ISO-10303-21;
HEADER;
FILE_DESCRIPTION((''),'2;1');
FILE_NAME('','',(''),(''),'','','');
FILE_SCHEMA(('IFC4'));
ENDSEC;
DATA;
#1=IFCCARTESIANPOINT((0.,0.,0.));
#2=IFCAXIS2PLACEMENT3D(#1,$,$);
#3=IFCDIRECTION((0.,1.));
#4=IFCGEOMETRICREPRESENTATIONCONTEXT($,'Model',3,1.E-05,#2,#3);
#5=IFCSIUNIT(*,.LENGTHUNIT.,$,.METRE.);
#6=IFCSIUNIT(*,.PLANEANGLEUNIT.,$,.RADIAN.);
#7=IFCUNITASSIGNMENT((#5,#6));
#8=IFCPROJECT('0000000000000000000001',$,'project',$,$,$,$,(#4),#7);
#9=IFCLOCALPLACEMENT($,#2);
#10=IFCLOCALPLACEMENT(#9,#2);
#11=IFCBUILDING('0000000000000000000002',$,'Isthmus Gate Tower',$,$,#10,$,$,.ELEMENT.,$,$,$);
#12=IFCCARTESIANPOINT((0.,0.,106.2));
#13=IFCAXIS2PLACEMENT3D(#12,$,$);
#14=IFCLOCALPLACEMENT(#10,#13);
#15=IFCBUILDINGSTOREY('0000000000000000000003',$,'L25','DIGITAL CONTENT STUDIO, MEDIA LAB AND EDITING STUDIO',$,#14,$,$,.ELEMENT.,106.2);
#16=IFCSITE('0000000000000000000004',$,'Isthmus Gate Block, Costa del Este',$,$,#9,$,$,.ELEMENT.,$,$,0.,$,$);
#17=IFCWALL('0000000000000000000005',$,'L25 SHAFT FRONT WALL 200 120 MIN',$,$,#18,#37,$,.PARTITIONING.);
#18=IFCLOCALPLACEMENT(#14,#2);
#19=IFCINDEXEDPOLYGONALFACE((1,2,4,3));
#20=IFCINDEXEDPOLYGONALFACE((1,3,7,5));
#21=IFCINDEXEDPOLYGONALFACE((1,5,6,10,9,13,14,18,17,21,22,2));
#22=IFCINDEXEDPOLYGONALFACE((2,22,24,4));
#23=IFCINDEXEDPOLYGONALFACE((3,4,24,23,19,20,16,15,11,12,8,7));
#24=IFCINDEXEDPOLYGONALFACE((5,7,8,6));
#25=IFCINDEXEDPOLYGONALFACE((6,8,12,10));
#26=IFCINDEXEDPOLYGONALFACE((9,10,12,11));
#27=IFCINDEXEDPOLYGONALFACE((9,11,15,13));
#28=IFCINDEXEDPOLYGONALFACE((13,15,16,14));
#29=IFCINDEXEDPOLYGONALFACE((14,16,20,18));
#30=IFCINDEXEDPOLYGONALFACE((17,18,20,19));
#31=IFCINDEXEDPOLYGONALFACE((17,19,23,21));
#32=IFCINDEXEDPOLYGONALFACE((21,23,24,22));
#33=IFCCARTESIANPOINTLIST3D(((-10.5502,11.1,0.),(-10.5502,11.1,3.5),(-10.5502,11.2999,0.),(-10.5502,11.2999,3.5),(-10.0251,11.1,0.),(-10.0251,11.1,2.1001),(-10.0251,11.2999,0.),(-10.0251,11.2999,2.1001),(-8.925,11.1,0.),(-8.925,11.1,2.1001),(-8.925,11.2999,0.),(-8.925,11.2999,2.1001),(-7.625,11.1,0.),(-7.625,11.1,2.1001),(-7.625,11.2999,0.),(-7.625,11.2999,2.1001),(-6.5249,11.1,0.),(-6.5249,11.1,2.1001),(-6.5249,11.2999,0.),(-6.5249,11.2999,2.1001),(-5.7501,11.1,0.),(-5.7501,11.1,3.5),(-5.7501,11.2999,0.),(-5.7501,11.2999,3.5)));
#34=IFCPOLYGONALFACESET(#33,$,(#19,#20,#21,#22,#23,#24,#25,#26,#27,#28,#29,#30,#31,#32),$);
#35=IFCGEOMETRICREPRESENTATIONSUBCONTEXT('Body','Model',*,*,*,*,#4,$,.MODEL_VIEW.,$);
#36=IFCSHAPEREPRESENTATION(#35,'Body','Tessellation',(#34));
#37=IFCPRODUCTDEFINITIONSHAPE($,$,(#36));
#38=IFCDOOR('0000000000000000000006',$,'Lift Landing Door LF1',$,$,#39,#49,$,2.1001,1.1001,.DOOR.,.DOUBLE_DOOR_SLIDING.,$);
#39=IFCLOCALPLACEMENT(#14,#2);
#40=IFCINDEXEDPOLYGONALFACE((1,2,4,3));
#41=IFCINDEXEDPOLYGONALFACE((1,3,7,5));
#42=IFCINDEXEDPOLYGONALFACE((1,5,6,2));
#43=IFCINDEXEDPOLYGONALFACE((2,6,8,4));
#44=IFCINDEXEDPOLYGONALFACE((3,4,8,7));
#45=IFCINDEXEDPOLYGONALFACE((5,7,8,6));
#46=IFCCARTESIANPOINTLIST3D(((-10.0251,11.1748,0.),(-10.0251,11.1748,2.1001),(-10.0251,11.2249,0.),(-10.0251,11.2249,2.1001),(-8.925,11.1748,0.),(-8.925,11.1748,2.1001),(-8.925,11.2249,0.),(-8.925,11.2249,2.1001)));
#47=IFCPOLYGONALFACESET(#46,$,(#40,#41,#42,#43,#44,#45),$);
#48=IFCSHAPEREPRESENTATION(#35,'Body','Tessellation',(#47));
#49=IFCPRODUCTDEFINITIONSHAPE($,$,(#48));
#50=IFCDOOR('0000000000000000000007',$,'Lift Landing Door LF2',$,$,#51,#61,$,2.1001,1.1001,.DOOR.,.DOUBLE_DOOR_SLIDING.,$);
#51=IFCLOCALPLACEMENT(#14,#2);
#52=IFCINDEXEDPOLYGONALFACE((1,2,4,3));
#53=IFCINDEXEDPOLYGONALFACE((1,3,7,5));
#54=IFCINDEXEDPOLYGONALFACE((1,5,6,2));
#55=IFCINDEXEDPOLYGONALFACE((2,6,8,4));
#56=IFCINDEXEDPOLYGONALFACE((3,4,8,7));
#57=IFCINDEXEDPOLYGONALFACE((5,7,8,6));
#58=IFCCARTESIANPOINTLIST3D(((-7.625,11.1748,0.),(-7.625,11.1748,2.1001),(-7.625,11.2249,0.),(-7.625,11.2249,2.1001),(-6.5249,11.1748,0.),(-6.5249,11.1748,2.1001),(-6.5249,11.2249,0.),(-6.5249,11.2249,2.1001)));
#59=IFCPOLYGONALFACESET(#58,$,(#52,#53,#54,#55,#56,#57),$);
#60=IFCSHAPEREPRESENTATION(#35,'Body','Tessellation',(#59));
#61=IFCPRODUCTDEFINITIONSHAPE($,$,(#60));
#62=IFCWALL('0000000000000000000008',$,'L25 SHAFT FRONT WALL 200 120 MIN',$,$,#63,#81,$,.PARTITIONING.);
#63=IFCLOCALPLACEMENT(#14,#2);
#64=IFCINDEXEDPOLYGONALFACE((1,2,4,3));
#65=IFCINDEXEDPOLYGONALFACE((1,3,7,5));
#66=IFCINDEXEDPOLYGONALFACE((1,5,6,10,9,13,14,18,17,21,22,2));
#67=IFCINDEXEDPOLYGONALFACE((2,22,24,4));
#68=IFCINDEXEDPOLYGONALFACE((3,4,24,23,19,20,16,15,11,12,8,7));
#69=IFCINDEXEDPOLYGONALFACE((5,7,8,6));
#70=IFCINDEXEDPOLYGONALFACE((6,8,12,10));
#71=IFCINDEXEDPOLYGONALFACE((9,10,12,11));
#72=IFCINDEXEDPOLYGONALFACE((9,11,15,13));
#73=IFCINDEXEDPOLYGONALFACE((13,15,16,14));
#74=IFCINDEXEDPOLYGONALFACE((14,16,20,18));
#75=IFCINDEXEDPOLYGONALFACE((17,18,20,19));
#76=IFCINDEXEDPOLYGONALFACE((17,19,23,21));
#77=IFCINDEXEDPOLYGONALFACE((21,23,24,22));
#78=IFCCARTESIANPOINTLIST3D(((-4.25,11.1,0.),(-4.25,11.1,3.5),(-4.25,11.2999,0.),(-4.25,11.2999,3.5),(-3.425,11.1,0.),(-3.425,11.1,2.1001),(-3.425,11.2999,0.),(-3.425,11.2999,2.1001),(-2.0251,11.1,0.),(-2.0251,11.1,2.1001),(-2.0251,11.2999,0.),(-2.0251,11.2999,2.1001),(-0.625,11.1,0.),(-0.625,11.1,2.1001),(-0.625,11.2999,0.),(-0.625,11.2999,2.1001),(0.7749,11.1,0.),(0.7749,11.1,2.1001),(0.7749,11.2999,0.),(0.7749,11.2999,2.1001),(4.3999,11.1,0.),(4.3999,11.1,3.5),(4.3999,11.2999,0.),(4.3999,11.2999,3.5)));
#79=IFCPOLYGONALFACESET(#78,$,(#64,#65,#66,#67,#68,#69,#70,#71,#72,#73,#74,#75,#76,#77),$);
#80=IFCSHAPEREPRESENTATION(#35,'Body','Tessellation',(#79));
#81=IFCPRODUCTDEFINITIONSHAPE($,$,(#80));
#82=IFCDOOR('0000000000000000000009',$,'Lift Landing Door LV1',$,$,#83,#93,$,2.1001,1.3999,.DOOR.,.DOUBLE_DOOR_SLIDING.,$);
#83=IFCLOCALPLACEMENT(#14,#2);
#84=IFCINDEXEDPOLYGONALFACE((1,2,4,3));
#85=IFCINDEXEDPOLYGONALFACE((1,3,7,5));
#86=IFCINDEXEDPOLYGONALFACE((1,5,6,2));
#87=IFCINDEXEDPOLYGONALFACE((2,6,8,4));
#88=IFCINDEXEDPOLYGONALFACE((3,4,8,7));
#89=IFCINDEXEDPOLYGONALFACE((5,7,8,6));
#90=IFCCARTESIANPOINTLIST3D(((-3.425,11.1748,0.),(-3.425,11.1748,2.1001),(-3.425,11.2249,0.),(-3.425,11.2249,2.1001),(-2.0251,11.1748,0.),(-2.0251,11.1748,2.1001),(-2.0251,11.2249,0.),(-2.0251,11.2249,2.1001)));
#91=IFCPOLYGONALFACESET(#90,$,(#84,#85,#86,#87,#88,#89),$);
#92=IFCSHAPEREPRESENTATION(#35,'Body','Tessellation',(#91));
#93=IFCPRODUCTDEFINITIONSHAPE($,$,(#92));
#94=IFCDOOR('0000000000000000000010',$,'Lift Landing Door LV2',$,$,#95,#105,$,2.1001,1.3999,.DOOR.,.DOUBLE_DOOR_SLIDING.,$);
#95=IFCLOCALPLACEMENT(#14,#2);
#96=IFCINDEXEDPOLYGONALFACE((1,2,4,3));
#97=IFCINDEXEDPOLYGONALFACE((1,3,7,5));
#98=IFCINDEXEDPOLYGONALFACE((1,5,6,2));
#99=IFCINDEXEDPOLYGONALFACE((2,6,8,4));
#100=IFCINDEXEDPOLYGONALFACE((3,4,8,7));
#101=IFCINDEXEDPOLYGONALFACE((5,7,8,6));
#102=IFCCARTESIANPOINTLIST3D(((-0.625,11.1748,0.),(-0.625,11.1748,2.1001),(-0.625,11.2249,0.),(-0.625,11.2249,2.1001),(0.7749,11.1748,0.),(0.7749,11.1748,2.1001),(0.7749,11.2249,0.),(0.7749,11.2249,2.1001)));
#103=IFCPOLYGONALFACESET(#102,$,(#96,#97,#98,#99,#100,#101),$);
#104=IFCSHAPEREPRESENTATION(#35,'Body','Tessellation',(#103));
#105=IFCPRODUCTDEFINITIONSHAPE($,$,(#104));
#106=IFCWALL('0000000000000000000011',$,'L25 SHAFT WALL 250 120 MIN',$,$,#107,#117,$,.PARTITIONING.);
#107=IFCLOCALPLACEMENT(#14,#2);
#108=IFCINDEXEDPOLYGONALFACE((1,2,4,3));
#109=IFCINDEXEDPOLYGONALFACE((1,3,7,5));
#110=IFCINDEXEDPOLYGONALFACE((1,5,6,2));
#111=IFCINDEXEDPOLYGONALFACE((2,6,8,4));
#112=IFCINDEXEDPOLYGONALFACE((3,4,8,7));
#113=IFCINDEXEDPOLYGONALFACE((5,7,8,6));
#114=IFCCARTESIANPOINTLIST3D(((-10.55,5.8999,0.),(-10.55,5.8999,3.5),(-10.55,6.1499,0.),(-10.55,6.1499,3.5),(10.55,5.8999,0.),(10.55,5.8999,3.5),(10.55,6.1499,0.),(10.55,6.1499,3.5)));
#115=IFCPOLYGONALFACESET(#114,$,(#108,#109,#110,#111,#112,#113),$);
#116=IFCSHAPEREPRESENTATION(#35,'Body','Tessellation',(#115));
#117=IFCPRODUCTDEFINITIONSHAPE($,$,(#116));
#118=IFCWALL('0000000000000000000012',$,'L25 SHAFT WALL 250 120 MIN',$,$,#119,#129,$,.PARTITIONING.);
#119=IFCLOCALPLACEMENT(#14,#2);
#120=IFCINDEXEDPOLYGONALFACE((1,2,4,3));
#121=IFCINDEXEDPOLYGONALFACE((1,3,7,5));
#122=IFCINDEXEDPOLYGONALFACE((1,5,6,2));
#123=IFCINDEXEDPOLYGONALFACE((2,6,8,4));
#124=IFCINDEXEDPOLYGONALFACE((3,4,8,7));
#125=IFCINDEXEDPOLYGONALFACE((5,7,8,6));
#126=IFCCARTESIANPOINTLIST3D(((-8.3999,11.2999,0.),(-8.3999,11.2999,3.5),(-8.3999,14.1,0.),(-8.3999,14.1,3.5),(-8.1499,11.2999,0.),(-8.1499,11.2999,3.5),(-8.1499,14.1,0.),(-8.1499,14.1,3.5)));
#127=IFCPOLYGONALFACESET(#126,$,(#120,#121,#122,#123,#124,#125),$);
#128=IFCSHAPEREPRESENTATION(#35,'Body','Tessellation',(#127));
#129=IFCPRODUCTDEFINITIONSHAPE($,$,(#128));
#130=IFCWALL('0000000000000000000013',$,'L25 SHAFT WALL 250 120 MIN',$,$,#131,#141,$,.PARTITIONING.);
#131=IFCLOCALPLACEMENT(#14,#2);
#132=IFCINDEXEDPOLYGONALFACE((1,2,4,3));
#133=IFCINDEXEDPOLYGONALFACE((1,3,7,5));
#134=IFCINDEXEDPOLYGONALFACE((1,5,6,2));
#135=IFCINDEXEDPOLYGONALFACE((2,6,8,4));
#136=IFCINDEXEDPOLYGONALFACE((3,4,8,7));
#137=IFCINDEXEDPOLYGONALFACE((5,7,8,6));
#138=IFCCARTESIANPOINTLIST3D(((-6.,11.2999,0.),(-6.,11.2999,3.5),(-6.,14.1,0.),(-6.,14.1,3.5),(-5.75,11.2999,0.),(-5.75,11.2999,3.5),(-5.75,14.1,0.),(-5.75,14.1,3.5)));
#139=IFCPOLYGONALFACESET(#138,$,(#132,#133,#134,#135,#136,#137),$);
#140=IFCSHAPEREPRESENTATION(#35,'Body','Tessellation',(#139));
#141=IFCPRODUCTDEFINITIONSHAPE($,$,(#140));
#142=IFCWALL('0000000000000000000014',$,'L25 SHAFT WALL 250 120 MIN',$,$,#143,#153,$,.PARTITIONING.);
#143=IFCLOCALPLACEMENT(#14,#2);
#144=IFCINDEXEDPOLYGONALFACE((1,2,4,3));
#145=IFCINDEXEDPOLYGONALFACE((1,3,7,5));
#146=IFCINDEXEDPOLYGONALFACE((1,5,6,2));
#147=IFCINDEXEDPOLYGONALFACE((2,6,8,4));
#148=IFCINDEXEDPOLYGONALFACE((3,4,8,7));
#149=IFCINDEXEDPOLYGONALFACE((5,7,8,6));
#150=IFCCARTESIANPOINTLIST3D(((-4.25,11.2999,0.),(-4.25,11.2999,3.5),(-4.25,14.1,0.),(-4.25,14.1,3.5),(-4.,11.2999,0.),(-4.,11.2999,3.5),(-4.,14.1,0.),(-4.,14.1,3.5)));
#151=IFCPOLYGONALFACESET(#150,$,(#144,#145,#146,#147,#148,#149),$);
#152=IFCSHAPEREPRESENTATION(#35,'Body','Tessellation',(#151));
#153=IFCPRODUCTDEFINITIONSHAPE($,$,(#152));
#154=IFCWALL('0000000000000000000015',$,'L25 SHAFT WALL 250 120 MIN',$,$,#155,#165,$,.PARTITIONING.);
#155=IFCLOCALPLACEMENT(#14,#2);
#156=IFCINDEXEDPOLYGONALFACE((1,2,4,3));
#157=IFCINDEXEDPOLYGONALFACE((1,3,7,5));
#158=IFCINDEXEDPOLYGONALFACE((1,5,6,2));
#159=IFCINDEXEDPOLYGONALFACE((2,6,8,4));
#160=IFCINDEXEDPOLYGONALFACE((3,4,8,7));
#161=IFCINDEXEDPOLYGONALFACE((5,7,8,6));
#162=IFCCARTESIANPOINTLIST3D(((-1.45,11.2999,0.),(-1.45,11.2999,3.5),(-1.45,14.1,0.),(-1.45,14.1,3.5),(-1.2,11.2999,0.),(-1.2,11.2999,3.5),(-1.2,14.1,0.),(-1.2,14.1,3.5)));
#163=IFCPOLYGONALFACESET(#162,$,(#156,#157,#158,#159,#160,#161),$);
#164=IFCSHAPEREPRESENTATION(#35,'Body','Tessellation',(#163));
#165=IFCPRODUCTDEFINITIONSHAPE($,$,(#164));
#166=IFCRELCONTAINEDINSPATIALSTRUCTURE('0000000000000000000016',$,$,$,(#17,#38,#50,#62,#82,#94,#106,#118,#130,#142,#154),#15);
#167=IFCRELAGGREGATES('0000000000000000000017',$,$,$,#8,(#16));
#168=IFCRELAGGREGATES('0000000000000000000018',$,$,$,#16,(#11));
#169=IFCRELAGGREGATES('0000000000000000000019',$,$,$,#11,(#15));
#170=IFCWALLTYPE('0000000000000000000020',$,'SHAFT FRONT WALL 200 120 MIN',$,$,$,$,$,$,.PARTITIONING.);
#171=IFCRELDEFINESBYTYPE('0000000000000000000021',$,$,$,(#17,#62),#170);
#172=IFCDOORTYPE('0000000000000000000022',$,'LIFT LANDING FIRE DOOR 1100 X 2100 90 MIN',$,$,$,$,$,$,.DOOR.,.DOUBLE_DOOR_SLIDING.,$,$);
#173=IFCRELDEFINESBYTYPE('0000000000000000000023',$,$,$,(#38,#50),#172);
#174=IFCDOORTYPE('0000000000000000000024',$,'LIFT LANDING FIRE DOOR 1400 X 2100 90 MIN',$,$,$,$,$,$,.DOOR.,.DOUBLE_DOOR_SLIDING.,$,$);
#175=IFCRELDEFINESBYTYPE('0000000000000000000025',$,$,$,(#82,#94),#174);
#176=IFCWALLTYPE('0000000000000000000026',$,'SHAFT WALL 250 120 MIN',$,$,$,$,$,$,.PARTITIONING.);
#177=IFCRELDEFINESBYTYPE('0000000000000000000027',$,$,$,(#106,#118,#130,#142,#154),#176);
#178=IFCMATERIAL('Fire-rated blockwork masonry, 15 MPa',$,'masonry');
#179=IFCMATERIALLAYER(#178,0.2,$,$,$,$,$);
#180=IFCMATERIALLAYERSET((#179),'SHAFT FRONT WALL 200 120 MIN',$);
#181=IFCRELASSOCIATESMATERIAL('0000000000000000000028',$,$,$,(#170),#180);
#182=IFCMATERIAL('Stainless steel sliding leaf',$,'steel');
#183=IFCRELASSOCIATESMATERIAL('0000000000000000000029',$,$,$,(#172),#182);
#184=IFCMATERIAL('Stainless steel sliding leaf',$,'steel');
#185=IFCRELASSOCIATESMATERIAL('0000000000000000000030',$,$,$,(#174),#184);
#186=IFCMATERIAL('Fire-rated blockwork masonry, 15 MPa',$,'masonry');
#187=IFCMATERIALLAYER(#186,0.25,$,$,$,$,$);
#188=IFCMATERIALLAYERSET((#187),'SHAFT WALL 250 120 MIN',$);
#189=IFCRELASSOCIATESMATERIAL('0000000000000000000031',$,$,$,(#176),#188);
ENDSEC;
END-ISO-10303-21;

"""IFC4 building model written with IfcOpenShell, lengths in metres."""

from ifc_helpers import new_model, si_unit, direction, frame, frame_2d, origin, place, context, subcontext, project, spatial, rectangle, extrude, material, layer, layer_set, type_object, element, fill, save


model = new_model("IFC4")

# Units and contexts
model_context = context("Model", 3, precision=1e-05, world=origin(), true_north=direction((0.0, 1.0)))
body_context = subcontext(model_context, "Body", "Model", "MODEL_VIEW")
ifc_project = project(units=[si_unit("LENGTHUNIT", "METRE"), si_unit("PLANEANGLEUNIT", "RADIAN")], contexts=[model_context])

# Site, building, storey
site_placement = place(None, origin())
site = spatial("IfcSite", under=ifc_project, at=site_placement, Name="Isthmus Gate Block, Costa del Este", CompositionType="ELEMENT", RefElevation=0.0)
building_placement = place(site_placement, origin())
building = spatial("IfcBuilding", under=site, at=building_placement, Name="Isthmus Gate Tower", CompositionType="ELEMENT")
storey_placement = place(building_placement, frame((0.0, 0.0, 106.2)))
storey = spatial("IfcBuildingStorey", under=building, at=storey_placement, Name="L25", Description="DIGITAL CONTENT STUDIO, MEDIA LAB AND EDITING STUDIO", CompositionType="ELEMENT", Elevation=106.2)

# Walls, openings, doors
ifc_material_1 = material(Name="Fire-rated blockwork masonry, 15 MPa", Category="masonry")
ifc_layer_1 = layer(ifc_material_1, 0.2)
ifc_layer_set_1 = layer_set([ifc_layer_1], Name="SHAFT FRONT WALL 200 120 MIN")
wall_type_1 = type_object("IfcWallType", Name="SHAFT FRONT WALL 200 120 MIN", PredefinedType="PARTITIONING", material=ifc_layer_set_1)
wall_1_placement = place(storey_placement, frame((-10.55, 11.2, 0.0), z_axis=(0.0, 0.0, 1.0), x_axis=(1.0, 0.0, 0.0)))
wall_1 = element("IfcWall", 1, at=wall_1_placement, inside=storey, type_object=wall_type_1, Name="L25 SHAFT FRONT WALL 200 120 MIN", PredefinedType="PARTITIONING", context=body_context, shape_type="SweptSolid", body=[
    extrude(rectangle(XDim=4.8, YDim=0.2, at=frame_2d((2.3999, 0.0))), origin(), (0.0, 0.0, 1.0), 3.5),
])
opening_1_placement = place(wall_1_placement, frame((0.5249, 0.0, 0.0)))
opening_1 = element("IfcOpeningElement", 2, at=opening_1_placement, cuts=wall_1, PredefinedType="OPENING", context=body_context, shape_type="SweptSolid", body=[
    extrude(rectangle(XDim=1.1001, YDim=2.1001, at=frame_2d((0.55, 1.05))), frame((0.0, 0.1099, 0.0), z_axis=(0.0, -1.0, 0.0), x_axis=(1.0, 0.0, 0.0)), (0.0, 0.0, 1.0), 0.22),
])
opening_2_placement = place(wall_1_placement, frame((2.925, 0.0, 0.0)))
opening_2 = element("IfcOpeningElement", 3, at=opening_2_placement, cuts=wall_1, PredefinedType="OPENING", context=body_context, shape_type="SweptSolid", body=[
    extrude(rectangle(XDim=1.1001, YDim=2.1001, at=frame_2d((0.55, 1.05))), frame((0.0, 0.1099, 0.0), z_axis=(0.0, -1.0, 0.0), x_axis=(1.0, 0.0, 0.0)), (0.0, 0.0, 1.0), 0.22),
])
ifc_material_2 = material(Name="Stainless steel sliding leaf", Category="steel")
door_type_1 = type_object("IfcDoorType", Name="LIFT LANDING FIRE DOOR 1100 X 2100 90 MIN", OperationType="DOUBLE_DOOR_SLIDING", PredefinedType="DOOR", material=ifc_material_2)
door_1_placement = place(opening_1_placement, origin())
door_1 = element("IfcDoor", 4, at=door_1_placement, inside=storey, type_object=door_type_1, Name="Lift Landing Door LF1", OperationType="DOUBLE_DOOR_SLIDING", OverallHeight=2.1001, OverallWidth=1.1001, PredefinedType="DOOR", context=body_context, shape_type="SweptSolid", body=[
    extrude(rectangle(XDim=1.1001, YDim=2.1001, at=frame_2d((0.55, 1.05))), frame((0.0, 0.0249, 0.0), z_axis=(0.0, -1.0, 0.0), x_axis=(1.0, 0.0, 0.0)), (0.0, 0.0, 1.0), 0.05),
])
fill(opening_1, door_1)
door_2_placement = place(opening_2_placement, origin())
door_2 = element("IfcDoor", 5, at=door_2_placement, inside=storey, type_object=door_type_1, Name="Lift Landing Door LF2", OperationType="DOUBLE_DOOR_SLIDING", OverallHeight=2.1001, OverallWidth=1.1001, PredefinedType="DOOR", context=body_context, shape_type="SweptSolid", body=[
    extrude(rectangle(XDim=1.1001, YDim=2.1001, at=frame_2d((0.55, 1.05))), frame((0.0, 0.0249, 0.0), z_axis=(0.0, -1.0, 0.0), x_axis=(1.0, 0.0, 0.0)), (0.0, 0.0, 1.0), 0.05),
])
fill(opening_2, door_2)
wall_2_placement = place(storey_placement, frame((-4.25, 11.2, 0.0), z_axis=(0.0, 0.0, 1.0), x_axis=(1.0, 0.0, 0.0)))
wall_2 = element("IfcWall", 6, at=wall_2_placement, inside=storey, type_object=wall_type_1, Name="L25 SHAFT FRONT WALL 200 120 MIN", PredefinedType="PARTITIONING", context=body_context, shape_type="SweptSolid", body=[
    extrude(rectangle(XDim=8.6499, YDim=0.2, at=frame_2d((4.325, 0.0))), origin(), (0.0, 0.0, 1.0), 3.5),
])
opening_3_placement = place(wall_2_placement, frame((0.825, 0.0, 0.0)))
opening_3 = element("IfcOpeningElement", 7, at=opening_3_placement, cuts=wall_2, PredefinedType="OPENING", context=body_context, shape_type="SweptSolid", body=[
    extrude(rectangle(XDim=1.3999, YDim=2.1001, at=frame_2d((0.7, 1.05))), frame((0.0, 0.1099, 0.0), z_axis=(0.0, -1.0, 0.0), x_axis=(1.0, 0.0, 0.0)), (0.0, 0.0, 1.0), 0.22),
])
opening_4_placement = place(wall_2_placement, frame((3.625, 0.0, 0.0)))
opening_4 = element("IfcOpeningElement", 8, at=opening_4_placement, cuts=wall_2, PredefinedType="OPENING", context=body_context, shape_type="SweptSolid", body=[
    extrude(rectangle(XDim=1.3999, YDim=2.1001, at=frame_2d((0.7, 1.05))), frame((0.0, 0.1099, 0.0), z_axis=(0.0, -1.0, 0.0), x_axis=(1.0, 0.0, 0.0)), (0.0, 0.0, 1.0), 0.22),
])
ifc_material_3 = material(Name="Stainless steel sliding leaf", Category="steel")
door_type_2 = type_object("IfcDoorType", Name="LIFT LANDING FIRE DOOR 1400 X 2100 90 MIN", OperationType="DOUBLE_DOOR_SLIDING", PredefinedType="DOOR", material=ifc_material_3)
door_3_placement = place(opening_3_placement, origin())
door_3 = element("IfcDoor", 9, at=door_3_placement, inside=storey, type_object=door_type_2, Name="Lift Landing Door LV1", OperationType="DOUBLE_DOOR_SLIDING", OverallHeight=2.1001, OverallWidth=1.3999, PredefinedType="DOOR", context=body_context, shape_type="SweptSolid", body=[
    extrude(rectangle(XDim=1.3999, YDim=2.1001, at=frame_2d((0.7, 1.05))), frame((0.0, 0.0249, 0.0), z_axis=(0.0, -1.0, 0.0), x_axis=(1.0, 0.0, 0.0)), (0.0, 0.0, 1.0), 0.05),
])
fill(opening_3, door_3)
door_4_placement = place(opening_4_placement, origin())
door_4 = element("IfcDoor", 10, at=door_4_placement, inside=storey, type_object=door_type_2, Name="Lift Landing Door LV2", OperationType="DOUBLE_DOOR_SLIDING", OverallHeight=2.1001, OverallWidth=1.3999, PredefinedType="DOOR", context=body_context, shape_type="SweptSolid", body=[
    extrude(rectangle(XDim=1.3999, YDim=2.1001, at=frame_2d((0.7, 1.05))), frame((0.0, 0.0249, 0.0), z_axis=(0.0, -1.0, 0.0), x_axis=(1.0, 0.0, 0.0)), (0.0, 0.0, 1.0), 0.05),
])
fill(opening_4, door_4)

# Walls
ifc_material_4 = material(Name="Fire-rated blockwork masonry, 15 MPa", Category="masonry")
ifc_layer_2 = layer(ifc_material_4, 0.25)
ifc_layer_set_2 = layer_set([ifc_layer_2], Name="SHAFT WALL 250 120 MIN")
wall_type_2 = type_object("IfcWallType", Name="SHAFT WALL 250 120 MIN", PredefinedType="PARTITIONING", material=ifc_layer_set_2)
wall_3_placement = place(storey_placement, frame((-10.55, 6.0249, 0.0), z_axis=(0.0, 0.0, 1.0), x_axis=(1.0, 0.0, 0.0)))
element("IfcWall", 11, at=wall_3_placement, inside=storey, type_object=wall_type_2, Name="L25 SHAFT WALL 250 120 MIN", PredefinedType="PARTITIONING", context=body_context, shape_type="SweptSolid", body=[
    extrude(rectangle(XDim=21.1001, YDim=0.25, at=frame_2d((10.55, 0.0))), origin(), (0.0, 0.0, 1.0), 3.5),
])
for number, where, z_axis, x_axis, name in (
    (12, (-8.2749, 11.3, 0.0), (0.0, 0.0, 1.0), (0.0, 1.0, 0.0), "L25 SHAFT WALL 250 120 MIN"),
    (13, (-5.875, 11.3, 0.0), (0.0, 0.0, 1.0), (0.0, 1.0, 0.0), "L25 SHAFT WALL 250 120 MIN"),
    (14, (-4.125, 11.3, 0.0), (0.0, 0.0, 1.0), (0.0, 1.0, 0.0), "L25 SHAFT WALL 250 120 MIN"),
    (15, (-1.325, 11.3, 0.0), (0.0, 0.0, 1.0), (0.0, 1.0, 0.0), "L25 SHAFT WALL 250 120 MIN"),
):
    element("IfcWall", number, at=place(storey_placement, frame(where, z_axis=z_axis, x_axis=x_axis)), inside=storey, type_object=wall_type_2, Name=name, PredefinedType="PARTITIONING", context=body_context, shape_type="SweptSolid", body=[
        extrude(rectangle(XDim=2.8, YDim=0.25, at=frame_2d((1.3999, 0.0))), origin(), (0.0, 0.0, 1.0), 3.5),
    ])

save(model, "model.ifc")
